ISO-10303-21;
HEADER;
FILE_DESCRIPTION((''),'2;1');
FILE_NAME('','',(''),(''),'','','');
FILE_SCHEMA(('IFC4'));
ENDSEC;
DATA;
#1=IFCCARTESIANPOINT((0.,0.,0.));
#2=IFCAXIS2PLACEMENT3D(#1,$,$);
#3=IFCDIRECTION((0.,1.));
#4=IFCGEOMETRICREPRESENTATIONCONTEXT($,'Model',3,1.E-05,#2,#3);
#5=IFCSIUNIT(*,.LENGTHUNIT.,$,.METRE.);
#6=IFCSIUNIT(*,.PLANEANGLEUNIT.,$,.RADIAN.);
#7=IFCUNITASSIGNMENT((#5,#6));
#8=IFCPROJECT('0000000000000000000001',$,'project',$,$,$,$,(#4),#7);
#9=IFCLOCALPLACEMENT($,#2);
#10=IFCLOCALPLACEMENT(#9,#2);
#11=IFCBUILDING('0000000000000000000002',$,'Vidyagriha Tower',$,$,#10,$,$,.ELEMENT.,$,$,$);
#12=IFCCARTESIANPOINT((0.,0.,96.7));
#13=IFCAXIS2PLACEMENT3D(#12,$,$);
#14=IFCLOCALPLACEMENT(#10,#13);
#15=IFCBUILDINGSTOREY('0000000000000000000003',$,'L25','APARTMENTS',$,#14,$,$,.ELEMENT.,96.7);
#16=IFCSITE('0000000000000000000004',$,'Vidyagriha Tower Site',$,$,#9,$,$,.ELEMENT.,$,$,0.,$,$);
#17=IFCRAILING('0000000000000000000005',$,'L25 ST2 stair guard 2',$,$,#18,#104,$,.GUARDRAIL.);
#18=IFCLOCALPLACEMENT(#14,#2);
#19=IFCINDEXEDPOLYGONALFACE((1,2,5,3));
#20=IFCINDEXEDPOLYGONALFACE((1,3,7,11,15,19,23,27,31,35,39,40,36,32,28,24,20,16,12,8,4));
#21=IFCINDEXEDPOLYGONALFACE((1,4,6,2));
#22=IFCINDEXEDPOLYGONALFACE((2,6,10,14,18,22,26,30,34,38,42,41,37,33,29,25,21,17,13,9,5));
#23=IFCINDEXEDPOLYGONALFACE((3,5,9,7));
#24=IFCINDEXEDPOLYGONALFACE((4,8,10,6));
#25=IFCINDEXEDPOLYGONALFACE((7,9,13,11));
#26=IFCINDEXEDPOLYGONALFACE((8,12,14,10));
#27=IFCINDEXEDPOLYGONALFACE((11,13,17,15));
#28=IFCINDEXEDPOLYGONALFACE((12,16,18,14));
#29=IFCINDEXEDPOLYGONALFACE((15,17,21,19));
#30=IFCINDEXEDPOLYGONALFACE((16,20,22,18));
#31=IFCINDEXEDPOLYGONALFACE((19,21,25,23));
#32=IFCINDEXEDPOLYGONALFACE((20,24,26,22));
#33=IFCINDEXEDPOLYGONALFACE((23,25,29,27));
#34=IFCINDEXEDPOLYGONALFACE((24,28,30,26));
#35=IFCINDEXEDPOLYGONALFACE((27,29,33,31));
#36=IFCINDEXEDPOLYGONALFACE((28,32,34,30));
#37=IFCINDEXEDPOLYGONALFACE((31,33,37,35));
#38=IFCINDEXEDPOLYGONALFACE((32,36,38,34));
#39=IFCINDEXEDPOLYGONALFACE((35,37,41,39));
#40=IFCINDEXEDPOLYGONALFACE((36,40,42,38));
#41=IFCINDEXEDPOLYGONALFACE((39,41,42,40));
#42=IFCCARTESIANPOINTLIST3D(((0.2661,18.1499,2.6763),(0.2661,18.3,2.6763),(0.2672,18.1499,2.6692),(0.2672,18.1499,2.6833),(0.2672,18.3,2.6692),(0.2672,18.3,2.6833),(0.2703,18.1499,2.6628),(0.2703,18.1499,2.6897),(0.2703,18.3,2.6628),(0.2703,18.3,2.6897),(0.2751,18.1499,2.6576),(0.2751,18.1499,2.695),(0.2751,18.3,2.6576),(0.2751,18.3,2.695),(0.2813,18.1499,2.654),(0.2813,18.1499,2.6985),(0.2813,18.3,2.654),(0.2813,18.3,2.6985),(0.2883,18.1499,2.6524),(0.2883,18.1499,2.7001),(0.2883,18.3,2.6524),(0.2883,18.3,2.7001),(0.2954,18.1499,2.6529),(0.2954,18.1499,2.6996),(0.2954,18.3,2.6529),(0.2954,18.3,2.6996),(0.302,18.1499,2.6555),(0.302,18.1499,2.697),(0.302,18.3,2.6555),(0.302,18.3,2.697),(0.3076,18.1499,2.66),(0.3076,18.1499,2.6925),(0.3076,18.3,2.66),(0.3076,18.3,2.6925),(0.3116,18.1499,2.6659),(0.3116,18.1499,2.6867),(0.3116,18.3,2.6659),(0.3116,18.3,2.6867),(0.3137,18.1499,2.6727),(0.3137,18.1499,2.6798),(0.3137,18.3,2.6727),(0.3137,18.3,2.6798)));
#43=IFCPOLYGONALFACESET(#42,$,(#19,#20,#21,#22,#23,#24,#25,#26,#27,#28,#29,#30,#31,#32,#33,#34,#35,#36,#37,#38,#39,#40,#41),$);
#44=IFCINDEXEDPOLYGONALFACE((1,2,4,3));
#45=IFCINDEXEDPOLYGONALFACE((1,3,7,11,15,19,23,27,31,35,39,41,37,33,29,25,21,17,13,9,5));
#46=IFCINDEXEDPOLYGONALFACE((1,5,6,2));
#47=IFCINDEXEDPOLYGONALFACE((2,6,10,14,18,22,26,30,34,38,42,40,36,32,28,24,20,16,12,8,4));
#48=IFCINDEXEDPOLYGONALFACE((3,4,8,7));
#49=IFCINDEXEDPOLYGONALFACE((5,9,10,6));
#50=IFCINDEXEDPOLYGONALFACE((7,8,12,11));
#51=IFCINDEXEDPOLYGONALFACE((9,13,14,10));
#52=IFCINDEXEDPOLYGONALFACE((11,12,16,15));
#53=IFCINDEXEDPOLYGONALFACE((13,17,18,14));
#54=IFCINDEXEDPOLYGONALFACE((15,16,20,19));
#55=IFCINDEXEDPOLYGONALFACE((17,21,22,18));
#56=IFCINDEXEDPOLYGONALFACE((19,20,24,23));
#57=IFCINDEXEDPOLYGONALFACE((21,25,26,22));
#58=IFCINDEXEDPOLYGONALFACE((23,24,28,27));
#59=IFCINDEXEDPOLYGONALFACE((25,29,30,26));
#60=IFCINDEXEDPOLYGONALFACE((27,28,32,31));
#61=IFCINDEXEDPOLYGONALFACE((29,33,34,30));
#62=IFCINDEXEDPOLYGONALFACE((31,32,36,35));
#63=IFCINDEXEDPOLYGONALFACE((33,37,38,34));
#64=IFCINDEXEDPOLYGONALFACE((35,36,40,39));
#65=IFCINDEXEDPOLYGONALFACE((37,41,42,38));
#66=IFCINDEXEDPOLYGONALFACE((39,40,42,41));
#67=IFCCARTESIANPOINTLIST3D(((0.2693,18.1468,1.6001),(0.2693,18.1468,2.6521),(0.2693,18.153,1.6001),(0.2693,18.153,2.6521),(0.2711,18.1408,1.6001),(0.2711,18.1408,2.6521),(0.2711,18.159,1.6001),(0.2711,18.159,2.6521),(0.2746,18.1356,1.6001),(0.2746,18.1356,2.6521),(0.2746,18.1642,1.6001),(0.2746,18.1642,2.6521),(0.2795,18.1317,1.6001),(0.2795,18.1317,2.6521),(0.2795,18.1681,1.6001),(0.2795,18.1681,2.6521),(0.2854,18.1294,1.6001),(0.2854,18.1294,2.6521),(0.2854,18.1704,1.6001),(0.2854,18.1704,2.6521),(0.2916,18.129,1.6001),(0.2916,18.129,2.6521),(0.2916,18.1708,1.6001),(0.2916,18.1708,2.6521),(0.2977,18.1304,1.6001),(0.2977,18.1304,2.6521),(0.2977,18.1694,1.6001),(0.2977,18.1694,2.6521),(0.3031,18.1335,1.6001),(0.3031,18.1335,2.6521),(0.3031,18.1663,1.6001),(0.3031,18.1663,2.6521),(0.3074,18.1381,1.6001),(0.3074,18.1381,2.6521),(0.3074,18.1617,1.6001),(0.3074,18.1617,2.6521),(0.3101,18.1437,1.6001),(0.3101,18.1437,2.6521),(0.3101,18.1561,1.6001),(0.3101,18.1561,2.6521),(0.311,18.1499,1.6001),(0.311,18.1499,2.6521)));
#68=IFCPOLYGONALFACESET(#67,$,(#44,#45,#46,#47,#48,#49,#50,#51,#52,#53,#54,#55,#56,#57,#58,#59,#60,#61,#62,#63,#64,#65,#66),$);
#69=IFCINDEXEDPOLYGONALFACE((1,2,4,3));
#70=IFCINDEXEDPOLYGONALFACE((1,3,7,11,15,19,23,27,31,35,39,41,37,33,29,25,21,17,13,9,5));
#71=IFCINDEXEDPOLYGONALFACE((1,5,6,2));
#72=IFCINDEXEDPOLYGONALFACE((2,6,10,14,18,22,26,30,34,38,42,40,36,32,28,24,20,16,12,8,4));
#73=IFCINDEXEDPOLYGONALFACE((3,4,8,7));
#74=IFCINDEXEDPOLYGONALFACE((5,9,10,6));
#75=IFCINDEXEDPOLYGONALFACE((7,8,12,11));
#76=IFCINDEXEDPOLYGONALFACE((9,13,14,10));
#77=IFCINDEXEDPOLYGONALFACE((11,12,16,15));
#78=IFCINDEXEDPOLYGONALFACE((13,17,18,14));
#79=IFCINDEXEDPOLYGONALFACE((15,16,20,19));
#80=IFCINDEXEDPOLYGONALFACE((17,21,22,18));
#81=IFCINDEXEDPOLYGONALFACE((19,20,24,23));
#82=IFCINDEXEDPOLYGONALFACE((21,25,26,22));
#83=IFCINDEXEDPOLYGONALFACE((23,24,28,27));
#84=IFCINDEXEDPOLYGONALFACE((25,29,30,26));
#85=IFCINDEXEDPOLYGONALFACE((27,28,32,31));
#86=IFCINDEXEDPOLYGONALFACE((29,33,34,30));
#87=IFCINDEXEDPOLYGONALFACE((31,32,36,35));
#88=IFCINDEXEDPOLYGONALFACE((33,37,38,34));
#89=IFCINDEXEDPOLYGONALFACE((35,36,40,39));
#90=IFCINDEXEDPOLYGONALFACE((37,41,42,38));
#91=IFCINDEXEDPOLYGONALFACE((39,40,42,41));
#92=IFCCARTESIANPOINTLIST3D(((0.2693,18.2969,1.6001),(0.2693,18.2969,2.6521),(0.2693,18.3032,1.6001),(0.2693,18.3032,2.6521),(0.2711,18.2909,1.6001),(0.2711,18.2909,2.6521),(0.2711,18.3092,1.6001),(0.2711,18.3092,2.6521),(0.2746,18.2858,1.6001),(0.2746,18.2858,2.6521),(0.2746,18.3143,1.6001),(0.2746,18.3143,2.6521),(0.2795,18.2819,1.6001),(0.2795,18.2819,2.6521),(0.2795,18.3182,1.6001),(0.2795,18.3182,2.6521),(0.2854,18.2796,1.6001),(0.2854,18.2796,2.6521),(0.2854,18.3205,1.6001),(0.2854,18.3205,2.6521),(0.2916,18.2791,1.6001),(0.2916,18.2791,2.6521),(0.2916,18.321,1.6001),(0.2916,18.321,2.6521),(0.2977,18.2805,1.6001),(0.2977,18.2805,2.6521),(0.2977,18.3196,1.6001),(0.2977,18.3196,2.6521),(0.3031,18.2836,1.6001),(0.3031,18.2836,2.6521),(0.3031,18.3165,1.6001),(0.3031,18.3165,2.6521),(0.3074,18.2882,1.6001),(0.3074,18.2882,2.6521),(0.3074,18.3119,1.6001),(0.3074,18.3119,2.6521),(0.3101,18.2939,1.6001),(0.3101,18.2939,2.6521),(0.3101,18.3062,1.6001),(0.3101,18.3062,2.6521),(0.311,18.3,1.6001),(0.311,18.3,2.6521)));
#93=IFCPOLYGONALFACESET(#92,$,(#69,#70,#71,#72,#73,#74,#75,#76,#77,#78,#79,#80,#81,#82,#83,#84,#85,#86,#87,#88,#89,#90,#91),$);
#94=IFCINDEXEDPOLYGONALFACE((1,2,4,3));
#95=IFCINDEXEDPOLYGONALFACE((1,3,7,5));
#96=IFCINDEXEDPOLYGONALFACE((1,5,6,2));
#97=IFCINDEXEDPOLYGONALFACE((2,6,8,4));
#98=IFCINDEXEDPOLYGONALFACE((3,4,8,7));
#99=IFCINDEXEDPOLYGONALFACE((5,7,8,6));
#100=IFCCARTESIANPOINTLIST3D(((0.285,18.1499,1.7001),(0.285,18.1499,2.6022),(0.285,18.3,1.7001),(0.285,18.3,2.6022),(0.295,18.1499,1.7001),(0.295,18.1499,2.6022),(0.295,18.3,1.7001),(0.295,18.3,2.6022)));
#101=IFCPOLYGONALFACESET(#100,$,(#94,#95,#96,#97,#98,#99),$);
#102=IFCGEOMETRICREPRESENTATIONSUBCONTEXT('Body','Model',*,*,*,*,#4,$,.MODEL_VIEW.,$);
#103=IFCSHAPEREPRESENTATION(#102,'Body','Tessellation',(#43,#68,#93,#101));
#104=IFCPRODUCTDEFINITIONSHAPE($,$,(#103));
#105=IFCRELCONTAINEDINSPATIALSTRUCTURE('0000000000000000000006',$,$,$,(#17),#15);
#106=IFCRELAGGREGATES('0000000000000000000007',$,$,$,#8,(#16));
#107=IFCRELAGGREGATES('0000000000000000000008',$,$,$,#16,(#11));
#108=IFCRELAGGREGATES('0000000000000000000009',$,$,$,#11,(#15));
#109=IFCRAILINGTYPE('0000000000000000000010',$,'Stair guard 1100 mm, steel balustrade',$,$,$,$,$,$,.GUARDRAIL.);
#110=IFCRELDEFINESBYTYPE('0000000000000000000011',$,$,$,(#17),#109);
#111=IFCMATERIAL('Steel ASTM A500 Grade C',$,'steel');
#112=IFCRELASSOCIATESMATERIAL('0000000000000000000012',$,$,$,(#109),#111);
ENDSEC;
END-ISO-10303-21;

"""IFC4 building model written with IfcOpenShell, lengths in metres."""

from ifc_helpers import new_model, si_unit, direction, frame, origin, origin_2d, place, context, subcontext, project, spatial, rectangle, circle, extrude, material, type_object, element, save


model = new_model("IFC4")

# Units and contexts
model_context = context("Model", 3, precision=1e-05, world=origin(), true_north=direction((0.0, 1.0)))
body_context = subcontext(model_context, "Body", "Model", "MODEL_VIEW")
ifc_project = project(units=[si_unit("LENGTHUNIT", "METRE"), si_unit("PLANEANGLEUNIT", "RADIAN")], contexts=[model_context])

# Site, building, storey
site_placement = place(None, origin())
site = spatial("IfcSite", under=ifc_project, at=site_placement, Name="Vidyagriha Tower Site", CompositionType="ELEMENT", RefElevation=0.0)
building_placement = place(site_placement, origin())
building = spatial("IfcBuilding", under=site, at=building_placement, Name="Vidyagriha Tower", CompositionType="ELEMENT")
storey_placement = place(building_placement, frame((0.0, 0.0, 96.7)))
storey = spatial("IfcBuildingStorey", under=building, at=storey_placement, Name="L25", Description="APARTMENTS", CompositionType="ELEMENT", Elevation=96.7)

# Railing
ifc_material_1 = material(Name="Steel ASTM A500 Grade C", Category="steel")
railing_type_1 = type_object("IfcRailingType", Name="Stair guard 1100 mm, steel balustrade", PredefinedType="GUARDRAIL", material=ifc_material_1)
railing_1_placement = place(storey_placement, frame((0.29, 18.1499, 1.6001)))
element("IfcRailing", 1, at=railing_1_placement, inside=storey, type_object=railing_type_1, Name="L25 ST2 stair guard 2", PredefinedType="GUARDRAIL", context=body_context, shape_type="SweptSolid", body=[
    extrude(circle(Radius=0.0239, at=origin_2d()), frame((0.0, 0.0, 1.0762), z_axis=(0.0, 1.0, 0.0), x_axis=(-1.0, 0.0, 0.0)), (0.0, 0.0, 1.0), 0.1501),
    extrude(circle(Radius=0.021, at=origin_2d()), origin(), (0.0, 0.0, 1.0), 1.052),
    extrude(circle(Radius=0.021, at=origin_2d()), frame((0.0, 0.1501, 0.0)), (0.0, 0.0, 1.0), 1.052),
    extrude(rectangle(XDim=0.01, YDim=0.9021, at=origin_2d()), frame((0.0, 0.0, 0.551), z_axis=(0.0, 1.0, 0.0), x_axis=(-1.0, 0.0, 0.0)), (0.0, 0.0, 1.0), 0.1501),
])

save(model, "model.ifc")
